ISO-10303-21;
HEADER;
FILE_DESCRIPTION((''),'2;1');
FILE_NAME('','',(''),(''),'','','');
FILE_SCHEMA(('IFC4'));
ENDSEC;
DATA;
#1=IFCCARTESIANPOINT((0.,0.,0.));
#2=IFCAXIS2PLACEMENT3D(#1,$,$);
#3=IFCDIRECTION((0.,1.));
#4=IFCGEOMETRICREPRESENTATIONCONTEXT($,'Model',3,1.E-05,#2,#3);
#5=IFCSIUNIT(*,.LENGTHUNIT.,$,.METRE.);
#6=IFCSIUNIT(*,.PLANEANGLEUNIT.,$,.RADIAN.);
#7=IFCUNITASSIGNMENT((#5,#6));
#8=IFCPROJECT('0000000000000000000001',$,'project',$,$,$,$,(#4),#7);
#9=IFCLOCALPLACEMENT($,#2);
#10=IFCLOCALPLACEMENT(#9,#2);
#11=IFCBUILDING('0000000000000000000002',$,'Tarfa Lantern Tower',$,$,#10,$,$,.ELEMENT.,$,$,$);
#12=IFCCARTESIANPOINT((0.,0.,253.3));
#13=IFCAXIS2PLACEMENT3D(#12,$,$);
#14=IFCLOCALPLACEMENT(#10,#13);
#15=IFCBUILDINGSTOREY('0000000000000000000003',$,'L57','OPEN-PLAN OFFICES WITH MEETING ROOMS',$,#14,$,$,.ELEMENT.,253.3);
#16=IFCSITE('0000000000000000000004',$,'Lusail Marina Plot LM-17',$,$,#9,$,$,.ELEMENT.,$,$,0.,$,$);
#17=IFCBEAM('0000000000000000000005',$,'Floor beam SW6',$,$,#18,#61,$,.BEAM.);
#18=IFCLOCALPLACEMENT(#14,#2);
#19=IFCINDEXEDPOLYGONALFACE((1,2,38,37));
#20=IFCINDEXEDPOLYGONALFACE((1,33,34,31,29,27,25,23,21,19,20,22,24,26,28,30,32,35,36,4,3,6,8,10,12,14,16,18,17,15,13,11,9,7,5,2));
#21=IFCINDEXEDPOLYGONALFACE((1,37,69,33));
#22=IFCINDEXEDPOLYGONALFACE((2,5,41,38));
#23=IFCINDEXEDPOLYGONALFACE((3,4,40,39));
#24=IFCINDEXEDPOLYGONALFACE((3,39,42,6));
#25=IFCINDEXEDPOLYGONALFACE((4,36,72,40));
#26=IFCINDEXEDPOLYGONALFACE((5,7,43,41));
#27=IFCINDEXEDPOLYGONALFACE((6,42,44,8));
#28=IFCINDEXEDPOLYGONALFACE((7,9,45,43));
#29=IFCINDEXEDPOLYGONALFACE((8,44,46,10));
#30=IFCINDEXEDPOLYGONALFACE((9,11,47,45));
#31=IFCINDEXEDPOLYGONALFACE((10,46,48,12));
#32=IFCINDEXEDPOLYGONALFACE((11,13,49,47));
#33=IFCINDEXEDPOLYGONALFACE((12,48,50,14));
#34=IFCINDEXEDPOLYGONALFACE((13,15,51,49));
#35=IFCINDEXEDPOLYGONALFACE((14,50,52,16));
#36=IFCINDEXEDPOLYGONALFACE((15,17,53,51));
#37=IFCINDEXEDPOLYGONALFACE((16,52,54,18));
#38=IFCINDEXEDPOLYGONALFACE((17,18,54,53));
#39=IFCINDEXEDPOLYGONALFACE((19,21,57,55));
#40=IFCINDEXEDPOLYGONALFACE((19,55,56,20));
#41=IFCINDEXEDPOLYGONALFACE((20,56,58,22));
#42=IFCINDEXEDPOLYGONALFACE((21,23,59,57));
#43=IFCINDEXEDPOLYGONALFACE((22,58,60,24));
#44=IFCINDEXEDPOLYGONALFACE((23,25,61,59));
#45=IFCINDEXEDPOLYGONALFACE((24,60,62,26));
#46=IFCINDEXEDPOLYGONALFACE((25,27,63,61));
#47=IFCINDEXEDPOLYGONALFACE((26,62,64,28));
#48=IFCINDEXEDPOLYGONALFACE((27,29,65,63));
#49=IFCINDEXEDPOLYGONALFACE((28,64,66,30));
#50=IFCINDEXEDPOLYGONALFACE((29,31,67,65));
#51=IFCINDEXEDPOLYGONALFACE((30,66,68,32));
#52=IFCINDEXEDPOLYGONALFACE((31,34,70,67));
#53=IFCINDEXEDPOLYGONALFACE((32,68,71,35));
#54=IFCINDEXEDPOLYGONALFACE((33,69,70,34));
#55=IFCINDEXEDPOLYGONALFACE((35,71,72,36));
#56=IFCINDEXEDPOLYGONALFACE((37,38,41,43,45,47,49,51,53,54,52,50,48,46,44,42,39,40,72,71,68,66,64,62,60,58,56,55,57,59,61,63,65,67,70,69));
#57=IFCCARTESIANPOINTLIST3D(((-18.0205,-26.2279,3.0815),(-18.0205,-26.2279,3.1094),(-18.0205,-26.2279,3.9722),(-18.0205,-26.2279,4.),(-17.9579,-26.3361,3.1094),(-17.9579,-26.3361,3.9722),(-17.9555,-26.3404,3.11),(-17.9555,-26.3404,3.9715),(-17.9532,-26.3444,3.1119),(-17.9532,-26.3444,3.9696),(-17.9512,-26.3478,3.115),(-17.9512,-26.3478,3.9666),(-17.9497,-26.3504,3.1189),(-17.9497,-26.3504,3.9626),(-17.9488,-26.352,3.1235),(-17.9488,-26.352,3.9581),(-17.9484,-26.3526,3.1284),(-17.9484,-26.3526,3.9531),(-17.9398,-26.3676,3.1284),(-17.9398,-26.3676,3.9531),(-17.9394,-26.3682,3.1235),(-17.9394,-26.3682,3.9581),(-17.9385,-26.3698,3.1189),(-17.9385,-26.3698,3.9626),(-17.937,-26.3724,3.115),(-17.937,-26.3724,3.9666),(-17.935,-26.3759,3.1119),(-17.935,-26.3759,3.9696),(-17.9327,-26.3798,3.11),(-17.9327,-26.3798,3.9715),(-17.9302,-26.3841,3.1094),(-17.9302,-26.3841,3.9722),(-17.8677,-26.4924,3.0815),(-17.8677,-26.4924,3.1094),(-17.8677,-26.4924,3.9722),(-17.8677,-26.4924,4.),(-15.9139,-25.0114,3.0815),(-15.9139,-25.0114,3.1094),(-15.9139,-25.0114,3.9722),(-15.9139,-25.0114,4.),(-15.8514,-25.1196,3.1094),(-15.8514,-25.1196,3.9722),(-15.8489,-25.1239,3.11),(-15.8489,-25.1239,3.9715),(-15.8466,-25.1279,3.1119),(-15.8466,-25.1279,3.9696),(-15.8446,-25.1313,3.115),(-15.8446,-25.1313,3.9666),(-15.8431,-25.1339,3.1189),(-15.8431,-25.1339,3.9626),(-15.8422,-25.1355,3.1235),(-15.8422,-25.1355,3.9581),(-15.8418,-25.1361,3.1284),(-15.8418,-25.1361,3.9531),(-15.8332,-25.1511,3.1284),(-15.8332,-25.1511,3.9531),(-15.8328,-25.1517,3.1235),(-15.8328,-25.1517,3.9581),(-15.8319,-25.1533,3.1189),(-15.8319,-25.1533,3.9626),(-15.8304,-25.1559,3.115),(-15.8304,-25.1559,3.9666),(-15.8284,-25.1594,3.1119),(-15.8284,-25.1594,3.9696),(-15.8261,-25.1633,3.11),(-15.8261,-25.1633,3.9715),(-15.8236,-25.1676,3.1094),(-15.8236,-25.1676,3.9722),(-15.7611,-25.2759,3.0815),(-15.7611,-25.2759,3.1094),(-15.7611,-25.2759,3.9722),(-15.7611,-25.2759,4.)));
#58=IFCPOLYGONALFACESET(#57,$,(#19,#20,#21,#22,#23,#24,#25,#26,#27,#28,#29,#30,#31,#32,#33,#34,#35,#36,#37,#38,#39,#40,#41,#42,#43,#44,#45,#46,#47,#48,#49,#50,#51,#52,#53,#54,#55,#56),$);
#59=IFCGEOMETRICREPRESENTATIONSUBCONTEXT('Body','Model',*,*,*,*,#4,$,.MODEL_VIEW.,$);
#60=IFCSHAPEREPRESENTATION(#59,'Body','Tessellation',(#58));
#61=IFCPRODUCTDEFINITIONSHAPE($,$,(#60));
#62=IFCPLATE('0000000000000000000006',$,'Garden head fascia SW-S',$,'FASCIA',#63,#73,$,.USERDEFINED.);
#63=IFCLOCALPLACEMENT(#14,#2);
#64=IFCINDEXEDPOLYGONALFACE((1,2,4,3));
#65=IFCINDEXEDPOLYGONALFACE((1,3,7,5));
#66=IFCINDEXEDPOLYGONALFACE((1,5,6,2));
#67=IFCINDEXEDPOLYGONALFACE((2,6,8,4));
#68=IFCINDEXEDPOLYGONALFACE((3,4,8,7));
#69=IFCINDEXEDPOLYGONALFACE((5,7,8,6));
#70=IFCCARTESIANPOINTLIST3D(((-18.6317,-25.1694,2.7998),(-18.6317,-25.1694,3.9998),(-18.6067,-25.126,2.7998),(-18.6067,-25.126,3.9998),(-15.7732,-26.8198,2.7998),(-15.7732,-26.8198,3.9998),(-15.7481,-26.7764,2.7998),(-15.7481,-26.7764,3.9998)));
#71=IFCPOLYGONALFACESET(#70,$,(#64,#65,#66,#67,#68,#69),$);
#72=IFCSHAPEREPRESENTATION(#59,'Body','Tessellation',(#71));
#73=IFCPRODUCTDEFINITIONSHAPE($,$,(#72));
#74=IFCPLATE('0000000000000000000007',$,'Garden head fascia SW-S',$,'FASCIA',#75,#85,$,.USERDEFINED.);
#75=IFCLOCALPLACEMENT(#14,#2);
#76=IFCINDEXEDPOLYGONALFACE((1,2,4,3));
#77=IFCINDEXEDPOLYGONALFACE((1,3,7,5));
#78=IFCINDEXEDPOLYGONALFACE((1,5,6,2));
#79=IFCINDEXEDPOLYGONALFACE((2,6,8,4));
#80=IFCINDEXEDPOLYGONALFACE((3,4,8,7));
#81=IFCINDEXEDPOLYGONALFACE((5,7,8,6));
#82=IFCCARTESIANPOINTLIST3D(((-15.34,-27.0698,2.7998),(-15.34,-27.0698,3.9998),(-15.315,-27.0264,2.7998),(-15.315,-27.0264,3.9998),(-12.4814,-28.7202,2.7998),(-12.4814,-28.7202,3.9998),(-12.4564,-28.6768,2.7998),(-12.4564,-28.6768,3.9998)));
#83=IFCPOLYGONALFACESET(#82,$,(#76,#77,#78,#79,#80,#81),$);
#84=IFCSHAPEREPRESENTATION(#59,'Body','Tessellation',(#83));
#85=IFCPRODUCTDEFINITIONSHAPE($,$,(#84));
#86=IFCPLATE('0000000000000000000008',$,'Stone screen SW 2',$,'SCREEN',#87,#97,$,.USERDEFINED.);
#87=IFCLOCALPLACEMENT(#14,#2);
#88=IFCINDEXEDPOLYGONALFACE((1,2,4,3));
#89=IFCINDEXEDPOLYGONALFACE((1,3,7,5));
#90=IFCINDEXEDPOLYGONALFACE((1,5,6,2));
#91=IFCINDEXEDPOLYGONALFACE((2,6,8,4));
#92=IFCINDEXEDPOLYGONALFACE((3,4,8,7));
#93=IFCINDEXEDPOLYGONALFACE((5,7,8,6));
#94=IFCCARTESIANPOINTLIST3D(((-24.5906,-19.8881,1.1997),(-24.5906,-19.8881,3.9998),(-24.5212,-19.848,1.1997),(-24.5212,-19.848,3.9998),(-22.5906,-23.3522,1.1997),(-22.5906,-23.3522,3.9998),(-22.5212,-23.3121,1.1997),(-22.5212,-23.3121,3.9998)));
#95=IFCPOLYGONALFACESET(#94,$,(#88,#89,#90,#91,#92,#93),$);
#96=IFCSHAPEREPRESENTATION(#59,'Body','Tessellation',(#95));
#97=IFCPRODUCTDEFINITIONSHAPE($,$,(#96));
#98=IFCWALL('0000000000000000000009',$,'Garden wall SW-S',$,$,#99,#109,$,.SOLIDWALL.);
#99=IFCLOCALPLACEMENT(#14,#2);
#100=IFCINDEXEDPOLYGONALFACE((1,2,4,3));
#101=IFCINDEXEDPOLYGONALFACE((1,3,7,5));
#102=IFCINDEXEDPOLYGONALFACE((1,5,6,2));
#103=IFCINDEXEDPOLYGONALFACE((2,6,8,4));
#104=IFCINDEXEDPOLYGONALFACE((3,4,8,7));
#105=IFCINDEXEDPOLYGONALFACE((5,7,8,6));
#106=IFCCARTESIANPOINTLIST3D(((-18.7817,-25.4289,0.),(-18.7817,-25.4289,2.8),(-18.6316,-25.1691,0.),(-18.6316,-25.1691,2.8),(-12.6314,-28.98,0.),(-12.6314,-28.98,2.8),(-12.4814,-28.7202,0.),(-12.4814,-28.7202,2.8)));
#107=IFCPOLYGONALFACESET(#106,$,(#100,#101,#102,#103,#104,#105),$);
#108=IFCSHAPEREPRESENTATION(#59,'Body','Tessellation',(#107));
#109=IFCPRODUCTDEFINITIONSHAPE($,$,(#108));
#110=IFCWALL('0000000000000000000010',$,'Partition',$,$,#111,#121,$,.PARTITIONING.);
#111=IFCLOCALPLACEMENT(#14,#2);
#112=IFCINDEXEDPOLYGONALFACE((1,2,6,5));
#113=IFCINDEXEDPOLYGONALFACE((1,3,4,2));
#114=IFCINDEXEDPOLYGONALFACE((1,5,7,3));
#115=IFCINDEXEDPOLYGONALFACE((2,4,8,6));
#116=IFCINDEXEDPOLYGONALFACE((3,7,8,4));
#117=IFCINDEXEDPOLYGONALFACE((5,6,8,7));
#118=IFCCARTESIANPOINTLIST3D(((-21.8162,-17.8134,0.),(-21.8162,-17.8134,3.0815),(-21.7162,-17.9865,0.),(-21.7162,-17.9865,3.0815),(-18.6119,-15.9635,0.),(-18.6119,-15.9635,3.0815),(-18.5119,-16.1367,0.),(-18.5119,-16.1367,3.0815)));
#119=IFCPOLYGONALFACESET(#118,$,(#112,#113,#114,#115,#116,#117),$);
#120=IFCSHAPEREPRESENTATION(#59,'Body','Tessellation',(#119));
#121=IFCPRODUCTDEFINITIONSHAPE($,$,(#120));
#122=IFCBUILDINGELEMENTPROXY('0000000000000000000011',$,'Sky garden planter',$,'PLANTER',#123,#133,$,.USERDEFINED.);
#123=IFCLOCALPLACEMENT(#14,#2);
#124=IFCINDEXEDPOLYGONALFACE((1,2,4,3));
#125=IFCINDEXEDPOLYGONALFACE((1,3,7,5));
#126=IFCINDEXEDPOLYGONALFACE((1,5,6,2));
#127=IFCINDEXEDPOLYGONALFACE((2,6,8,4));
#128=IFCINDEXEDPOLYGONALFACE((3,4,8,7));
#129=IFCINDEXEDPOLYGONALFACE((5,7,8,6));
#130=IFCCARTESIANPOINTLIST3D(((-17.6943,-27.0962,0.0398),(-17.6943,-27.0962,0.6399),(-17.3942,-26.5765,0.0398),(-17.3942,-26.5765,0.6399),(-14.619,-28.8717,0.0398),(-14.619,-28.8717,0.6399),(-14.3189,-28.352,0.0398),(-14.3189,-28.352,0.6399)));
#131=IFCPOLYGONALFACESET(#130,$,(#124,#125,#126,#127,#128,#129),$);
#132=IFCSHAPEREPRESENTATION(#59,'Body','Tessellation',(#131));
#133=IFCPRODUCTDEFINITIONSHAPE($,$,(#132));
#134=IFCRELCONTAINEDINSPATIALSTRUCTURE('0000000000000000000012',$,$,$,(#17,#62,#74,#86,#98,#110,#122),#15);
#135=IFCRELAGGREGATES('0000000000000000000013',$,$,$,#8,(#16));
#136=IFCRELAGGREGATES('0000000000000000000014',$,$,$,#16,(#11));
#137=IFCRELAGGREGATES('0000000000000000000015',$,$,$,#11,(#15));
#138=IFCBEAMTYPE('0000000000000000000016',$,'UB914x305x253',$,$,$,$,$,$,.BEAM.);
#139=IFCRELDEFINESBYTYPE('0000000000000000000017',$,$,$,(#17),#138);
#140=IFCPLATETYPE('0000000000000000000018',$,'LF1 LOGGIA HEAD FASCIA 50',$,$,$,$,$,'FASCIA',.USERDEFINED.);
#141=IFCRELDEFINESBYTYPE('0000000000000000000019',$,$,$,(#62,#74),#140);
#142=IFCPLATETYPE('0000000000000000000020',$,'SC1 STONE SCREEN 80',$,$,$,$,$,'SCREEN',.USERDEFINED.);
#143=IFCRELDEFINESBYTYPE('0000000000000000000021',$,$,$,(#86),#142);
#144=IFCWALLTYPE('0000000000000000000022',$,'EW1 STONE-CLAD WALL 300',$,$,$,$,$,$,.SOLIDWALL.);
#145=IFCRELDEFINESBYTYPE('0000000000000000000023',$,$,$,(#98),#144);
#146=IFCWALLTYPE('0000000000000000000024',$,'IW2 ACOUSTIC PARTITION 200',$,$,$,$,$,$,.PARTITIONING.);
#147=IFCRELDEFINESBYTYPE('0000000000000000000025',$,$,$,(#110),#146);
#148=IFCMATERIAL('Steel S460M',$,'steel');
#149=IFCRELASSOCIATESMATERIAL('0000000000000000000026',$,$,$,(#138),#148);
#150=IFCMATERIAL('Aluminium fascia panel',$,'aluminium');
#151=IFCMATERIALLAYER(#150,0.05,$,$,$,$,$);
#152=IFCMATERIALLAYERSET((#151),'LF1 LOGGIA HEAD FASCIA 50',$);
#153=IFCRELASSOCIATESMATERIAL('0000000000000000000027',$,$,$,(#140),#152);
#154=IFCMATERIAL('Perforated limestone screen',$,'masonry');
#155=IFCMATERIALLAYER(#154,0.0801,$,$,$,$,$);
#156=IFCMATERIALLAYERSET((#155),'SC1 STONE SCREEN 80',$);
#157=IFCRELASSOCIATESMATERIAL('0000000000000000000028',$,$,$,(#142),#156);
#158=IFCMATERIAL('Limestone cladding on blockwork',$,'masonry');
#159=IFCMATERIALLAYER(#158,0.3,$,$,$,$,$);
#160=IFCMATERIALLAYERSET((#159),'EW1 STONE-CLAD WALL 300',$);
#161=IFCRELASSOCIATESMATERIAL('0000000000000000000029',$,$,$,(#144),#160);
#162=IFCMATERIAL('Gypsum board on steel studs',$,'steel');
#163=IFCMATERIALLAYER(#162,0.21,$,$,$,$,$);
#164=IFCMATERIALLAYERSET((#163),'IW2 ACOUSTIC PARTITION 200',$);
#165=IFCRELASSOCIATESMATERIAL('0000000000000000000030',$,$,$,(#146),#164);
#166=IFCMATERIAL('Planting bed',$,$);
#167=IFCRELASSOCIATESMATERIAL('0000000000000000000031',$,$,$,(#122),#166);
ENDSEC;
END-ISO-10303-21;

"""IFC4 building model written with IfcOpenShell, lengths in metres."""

from ifc_helpers import new_model, si_unit, direction, frame, frame_2d, origin, origin_2d, place, context, subcontext, project, spatial, rectangle, i_section, extrude, material, layer, layer_set, material_profile, profile_set, type_object, element, save


model = new_model("IFC4")

# Units and contexts
model_context = context("Model", 3, precision=1e-05, world=origin(), true_north=direction((0.0, 1.0)))
body_context = subcontext(model_context, "Body", "Model", "MODEL_VIEW")
ifc_project = project(units=[si_unit("LENGTHUNIT", "METRE"), si_unit("PLANEANGLEUNIT", "RADIAN")], contexts=[model_context])

# Site, building, storey
site_placement = place(None, origin())
site = spatial("IfcSite", under=ifc_project, at=site_placement, Name="Lusail Marina Plot LM-17", CompositionType="ELEMENT", RefElevation=0.0)
building_placement = place(site_placement, origin())
building = spatial("IfcBuilding", under=site, at=building_placement, Name="Tarfa Lantern Tower", CompositionType="ELEMENT")
storey_placement = place(building_placement, frame((0.0, 0.0, 253.3)))
storey = spatial("IfcBuildingStorey", under=building, at=storey_placement, Name="L57", Description="OPEN-PLAN OFFICES WITH MEETING ROOMS", CompositionType="ELEMENT", Elevation=253.3)

# Beam
ifc_material_1 = material(Name="Steel S460M", Category="steel")
ifc_material_profile_1 = material_profile(ifc_material_1, i_section(OverallWidth=0.3054, OverallDepth=0.9185, WebThickness=0.0173, FlangeThickness=0.0278, FilletRadius=0.019, at=origin_2d()), Name="UB914x305x253")
ifc_profile_set_1 = profile_set([ifc_material_profile_1], Name="Steel S460M")
beam_type_1 = type_object("IfcBeamType", Name="UB914x305x253", PredefinedType="BEAM", material=ifc_profile_set_1)
beam_1_placement = place(storey_placement, frame((-17.9441, -26.3601, 3.5408), z_axis=(0.86598, 0.500079, 0.0), x_axis=(-0.500079, 0.86598, 0.0)))
element("IfcBeam", 1, at=beam_1_placement, inside=storey, type_object=beam_type_1, Name="Floor beam SW6", PredefinedType="BEAM", context=body_context, shape_type="SweptSolid", body=[
    extrude(i_section(OverallWidth=0.3054, OverallDepth=0.9185, WebThickness=0.0173, FlangeThickness=0.0278, FilletRadius=0.019, at=origin_2d()), origin(), (0.0, 0.0, 1.0), 2.4326),
])

# Plates
ifc_material_2 = material(Name="Aluminium fascia panel", Category="aluminium")
ifc_layer_1 = layer(ifc_material_2, 0.05)
ifc_layer_set_1 = layer_set([ifc_layer_1], Name="LF1 LOGGIA HEAD FASCIA 50")
plate_type_1 = type_object("IfcPlateType", Name="LF1 LOGGIA HEAD FASCIA 50", ElementType="FASCIA", PredefinedType="USERDEFINED", material=ifc_layer_set_1)
for number, where, z_axis, x_axis, name in (
    (2, (-17.1899, -25.9729, 2.7998), (0.0, 0.0, 1.0), (0.866025, -0.5, 0.0), "Garden head fascia SW-S"),
    (3, (-13.8982, -27.8733, 2.7998), (0.0, 0.0, 1.0), (0.866025, -0.5, 0.0), "Garden head fascia SW-S"),
):
    element("IfcPlate", number, at=place(storey_placement, frame(where, z_axis=z_axis, x_axis=x_axis)), inside=storey, type_object=plate_type_1, Name=name, ObjectType="FASCIA", PredefinedType="USERDEFINED", context=body_context, shape_type="SweptSolid", body=[
        extrude(rectangle(XDim=3.3008, YDim=0.05, at=origin_2d()), origin(), (0.0, 0.0, 1.0), 1.2),
    ])
ifc_material_3 = material(Name="Perforated limestone screen", Category="masonry")
ifc_layer_2 = layer(ifc_material_3, 0.0801)
ifc_layer_set_2 = layer_set([ifc_layer_2], Name="SC1 STONE SCREEN 80")
plate_type_2 = type_object("IfcPlateType", Name="SC1 STONE SCREEN 80", ElementType="SCREEN", PredefinedType="USERDEFINED", material=ifc_layer_set_2)
plate_placement = place(storey_placement, frame((-23.5559, -21.6001, 1.1997), z_axis=(0.0, 0.0, 1.0), x_axis=(0.5, -0.866025, 0.0)))
element("IfcPlate", 4, at=plate_placement, inside=storey, type_object=plate_type_2, Name="Stone screen SW 2", ObjectType="SCREEN", PredefinedType="USERDEFINED", context=body_context, shape_type="SweptSolid", body=[
    extrude(rectangle(XDim=4.0, YDim=0.0801, at=origin_2d()), origin(), (0.0, 0.0, 1.0), 2.8),
])

# Walls
ifc_material_4 = material(Name="Limestone cladding on blockwork", Category="masonry")
ifc_layer_3 = layer(ifc_material_4, 0.3)
ifc_layer_set_3 = layer_set([ifc_layer_3], Name="EW1 STONE-CLAD WALL 300")
wall_type_1 = type_object("IfcWallType", Name="EW1 STONE-CLAD WALL 300", PredefinedType="SOLIDWALL", material=ifc_layer_set_3)
wall_1_placement = place(storey_placement, frame((-18.7065, -25.2991, 0.0), z_axis=(0.0, 0.0, 1.0), x_axis=(0.866011, -0.500025, 0.0)))
element("IfcWall", 5, at=wall_1_placement, inside=storey, type_object=wall_type_1, Name="Garden wall SW-S", PredefinedType="SOLIDWALL", context=body_context, shape_type="SweptSolid", body=[
    extrude(rectangle(XDim=7.1018, YDim=0.3, at=frame_2d((3.5508, 0.0))), origin(), (0.0, 0.0, 1.0), 2.8),
])
ifc_material_5 = material(Name="Gypsum board on steel studs", Category="steel")
ifc_layer_4 = layer(ifc_material_5, 0.21)
ifc_layer_set_4 = layer_set([ifc_layer_4], Name="IW2 ACOUSTIC PARTITION 200")
wall_type_2 = type_object("IfcWallType", Name="IW2 ACOUSTIC PARTITION 200", PredefinedType="PARTITIONING", material=ifc_layer_set_4)
wall_2_placement = place(storey_placement, frame((-18.5618, -16.05, 0.0), z_axis=(0.0, 0.0, 1.0), x_axis=(-0.866046, -0.499964, 0.0)))
element("IfcWall", 6, at=wall_2_placement, inside=storey, type_object=wall_type_2, Name="Partition", PredefinedType="PARTITIONING", context=body_context, shape_type="SweptSolid", body=[
    extrude(rectangle(XDim=3.7, YDim=0.2, at=frame_2d((1.8501, 0.0))), origin(), (0.0, 0.0, 1.0), 3.0815),
])

# Building element proxy
ifc_material_6 = material(Name="Planting bed")
proxy_placement = place(storey_placement, frame((-16.0066, -27.7241, 0.0398), z_axis=(0.0, 0.0, 1.0), x_axis=(0.866025, -0.5, 0.0)))
element("IfcBuildingElementProxy", 7, at=proxy_placement, inside=storey, material=ifc_material_6, Name="Sky garden planter", ObjectType="PLANTER", PredefinedType="USERDEFINED", context=body_context, shape_type="SweptSolid", body=[
    extrude(rectangle(XDim=3.551, YDim=0.6001, at=origin_2d()), origin(), (0.0, 0.0, 1.0), 0.6001),
])

save(model, "model.ifc")
